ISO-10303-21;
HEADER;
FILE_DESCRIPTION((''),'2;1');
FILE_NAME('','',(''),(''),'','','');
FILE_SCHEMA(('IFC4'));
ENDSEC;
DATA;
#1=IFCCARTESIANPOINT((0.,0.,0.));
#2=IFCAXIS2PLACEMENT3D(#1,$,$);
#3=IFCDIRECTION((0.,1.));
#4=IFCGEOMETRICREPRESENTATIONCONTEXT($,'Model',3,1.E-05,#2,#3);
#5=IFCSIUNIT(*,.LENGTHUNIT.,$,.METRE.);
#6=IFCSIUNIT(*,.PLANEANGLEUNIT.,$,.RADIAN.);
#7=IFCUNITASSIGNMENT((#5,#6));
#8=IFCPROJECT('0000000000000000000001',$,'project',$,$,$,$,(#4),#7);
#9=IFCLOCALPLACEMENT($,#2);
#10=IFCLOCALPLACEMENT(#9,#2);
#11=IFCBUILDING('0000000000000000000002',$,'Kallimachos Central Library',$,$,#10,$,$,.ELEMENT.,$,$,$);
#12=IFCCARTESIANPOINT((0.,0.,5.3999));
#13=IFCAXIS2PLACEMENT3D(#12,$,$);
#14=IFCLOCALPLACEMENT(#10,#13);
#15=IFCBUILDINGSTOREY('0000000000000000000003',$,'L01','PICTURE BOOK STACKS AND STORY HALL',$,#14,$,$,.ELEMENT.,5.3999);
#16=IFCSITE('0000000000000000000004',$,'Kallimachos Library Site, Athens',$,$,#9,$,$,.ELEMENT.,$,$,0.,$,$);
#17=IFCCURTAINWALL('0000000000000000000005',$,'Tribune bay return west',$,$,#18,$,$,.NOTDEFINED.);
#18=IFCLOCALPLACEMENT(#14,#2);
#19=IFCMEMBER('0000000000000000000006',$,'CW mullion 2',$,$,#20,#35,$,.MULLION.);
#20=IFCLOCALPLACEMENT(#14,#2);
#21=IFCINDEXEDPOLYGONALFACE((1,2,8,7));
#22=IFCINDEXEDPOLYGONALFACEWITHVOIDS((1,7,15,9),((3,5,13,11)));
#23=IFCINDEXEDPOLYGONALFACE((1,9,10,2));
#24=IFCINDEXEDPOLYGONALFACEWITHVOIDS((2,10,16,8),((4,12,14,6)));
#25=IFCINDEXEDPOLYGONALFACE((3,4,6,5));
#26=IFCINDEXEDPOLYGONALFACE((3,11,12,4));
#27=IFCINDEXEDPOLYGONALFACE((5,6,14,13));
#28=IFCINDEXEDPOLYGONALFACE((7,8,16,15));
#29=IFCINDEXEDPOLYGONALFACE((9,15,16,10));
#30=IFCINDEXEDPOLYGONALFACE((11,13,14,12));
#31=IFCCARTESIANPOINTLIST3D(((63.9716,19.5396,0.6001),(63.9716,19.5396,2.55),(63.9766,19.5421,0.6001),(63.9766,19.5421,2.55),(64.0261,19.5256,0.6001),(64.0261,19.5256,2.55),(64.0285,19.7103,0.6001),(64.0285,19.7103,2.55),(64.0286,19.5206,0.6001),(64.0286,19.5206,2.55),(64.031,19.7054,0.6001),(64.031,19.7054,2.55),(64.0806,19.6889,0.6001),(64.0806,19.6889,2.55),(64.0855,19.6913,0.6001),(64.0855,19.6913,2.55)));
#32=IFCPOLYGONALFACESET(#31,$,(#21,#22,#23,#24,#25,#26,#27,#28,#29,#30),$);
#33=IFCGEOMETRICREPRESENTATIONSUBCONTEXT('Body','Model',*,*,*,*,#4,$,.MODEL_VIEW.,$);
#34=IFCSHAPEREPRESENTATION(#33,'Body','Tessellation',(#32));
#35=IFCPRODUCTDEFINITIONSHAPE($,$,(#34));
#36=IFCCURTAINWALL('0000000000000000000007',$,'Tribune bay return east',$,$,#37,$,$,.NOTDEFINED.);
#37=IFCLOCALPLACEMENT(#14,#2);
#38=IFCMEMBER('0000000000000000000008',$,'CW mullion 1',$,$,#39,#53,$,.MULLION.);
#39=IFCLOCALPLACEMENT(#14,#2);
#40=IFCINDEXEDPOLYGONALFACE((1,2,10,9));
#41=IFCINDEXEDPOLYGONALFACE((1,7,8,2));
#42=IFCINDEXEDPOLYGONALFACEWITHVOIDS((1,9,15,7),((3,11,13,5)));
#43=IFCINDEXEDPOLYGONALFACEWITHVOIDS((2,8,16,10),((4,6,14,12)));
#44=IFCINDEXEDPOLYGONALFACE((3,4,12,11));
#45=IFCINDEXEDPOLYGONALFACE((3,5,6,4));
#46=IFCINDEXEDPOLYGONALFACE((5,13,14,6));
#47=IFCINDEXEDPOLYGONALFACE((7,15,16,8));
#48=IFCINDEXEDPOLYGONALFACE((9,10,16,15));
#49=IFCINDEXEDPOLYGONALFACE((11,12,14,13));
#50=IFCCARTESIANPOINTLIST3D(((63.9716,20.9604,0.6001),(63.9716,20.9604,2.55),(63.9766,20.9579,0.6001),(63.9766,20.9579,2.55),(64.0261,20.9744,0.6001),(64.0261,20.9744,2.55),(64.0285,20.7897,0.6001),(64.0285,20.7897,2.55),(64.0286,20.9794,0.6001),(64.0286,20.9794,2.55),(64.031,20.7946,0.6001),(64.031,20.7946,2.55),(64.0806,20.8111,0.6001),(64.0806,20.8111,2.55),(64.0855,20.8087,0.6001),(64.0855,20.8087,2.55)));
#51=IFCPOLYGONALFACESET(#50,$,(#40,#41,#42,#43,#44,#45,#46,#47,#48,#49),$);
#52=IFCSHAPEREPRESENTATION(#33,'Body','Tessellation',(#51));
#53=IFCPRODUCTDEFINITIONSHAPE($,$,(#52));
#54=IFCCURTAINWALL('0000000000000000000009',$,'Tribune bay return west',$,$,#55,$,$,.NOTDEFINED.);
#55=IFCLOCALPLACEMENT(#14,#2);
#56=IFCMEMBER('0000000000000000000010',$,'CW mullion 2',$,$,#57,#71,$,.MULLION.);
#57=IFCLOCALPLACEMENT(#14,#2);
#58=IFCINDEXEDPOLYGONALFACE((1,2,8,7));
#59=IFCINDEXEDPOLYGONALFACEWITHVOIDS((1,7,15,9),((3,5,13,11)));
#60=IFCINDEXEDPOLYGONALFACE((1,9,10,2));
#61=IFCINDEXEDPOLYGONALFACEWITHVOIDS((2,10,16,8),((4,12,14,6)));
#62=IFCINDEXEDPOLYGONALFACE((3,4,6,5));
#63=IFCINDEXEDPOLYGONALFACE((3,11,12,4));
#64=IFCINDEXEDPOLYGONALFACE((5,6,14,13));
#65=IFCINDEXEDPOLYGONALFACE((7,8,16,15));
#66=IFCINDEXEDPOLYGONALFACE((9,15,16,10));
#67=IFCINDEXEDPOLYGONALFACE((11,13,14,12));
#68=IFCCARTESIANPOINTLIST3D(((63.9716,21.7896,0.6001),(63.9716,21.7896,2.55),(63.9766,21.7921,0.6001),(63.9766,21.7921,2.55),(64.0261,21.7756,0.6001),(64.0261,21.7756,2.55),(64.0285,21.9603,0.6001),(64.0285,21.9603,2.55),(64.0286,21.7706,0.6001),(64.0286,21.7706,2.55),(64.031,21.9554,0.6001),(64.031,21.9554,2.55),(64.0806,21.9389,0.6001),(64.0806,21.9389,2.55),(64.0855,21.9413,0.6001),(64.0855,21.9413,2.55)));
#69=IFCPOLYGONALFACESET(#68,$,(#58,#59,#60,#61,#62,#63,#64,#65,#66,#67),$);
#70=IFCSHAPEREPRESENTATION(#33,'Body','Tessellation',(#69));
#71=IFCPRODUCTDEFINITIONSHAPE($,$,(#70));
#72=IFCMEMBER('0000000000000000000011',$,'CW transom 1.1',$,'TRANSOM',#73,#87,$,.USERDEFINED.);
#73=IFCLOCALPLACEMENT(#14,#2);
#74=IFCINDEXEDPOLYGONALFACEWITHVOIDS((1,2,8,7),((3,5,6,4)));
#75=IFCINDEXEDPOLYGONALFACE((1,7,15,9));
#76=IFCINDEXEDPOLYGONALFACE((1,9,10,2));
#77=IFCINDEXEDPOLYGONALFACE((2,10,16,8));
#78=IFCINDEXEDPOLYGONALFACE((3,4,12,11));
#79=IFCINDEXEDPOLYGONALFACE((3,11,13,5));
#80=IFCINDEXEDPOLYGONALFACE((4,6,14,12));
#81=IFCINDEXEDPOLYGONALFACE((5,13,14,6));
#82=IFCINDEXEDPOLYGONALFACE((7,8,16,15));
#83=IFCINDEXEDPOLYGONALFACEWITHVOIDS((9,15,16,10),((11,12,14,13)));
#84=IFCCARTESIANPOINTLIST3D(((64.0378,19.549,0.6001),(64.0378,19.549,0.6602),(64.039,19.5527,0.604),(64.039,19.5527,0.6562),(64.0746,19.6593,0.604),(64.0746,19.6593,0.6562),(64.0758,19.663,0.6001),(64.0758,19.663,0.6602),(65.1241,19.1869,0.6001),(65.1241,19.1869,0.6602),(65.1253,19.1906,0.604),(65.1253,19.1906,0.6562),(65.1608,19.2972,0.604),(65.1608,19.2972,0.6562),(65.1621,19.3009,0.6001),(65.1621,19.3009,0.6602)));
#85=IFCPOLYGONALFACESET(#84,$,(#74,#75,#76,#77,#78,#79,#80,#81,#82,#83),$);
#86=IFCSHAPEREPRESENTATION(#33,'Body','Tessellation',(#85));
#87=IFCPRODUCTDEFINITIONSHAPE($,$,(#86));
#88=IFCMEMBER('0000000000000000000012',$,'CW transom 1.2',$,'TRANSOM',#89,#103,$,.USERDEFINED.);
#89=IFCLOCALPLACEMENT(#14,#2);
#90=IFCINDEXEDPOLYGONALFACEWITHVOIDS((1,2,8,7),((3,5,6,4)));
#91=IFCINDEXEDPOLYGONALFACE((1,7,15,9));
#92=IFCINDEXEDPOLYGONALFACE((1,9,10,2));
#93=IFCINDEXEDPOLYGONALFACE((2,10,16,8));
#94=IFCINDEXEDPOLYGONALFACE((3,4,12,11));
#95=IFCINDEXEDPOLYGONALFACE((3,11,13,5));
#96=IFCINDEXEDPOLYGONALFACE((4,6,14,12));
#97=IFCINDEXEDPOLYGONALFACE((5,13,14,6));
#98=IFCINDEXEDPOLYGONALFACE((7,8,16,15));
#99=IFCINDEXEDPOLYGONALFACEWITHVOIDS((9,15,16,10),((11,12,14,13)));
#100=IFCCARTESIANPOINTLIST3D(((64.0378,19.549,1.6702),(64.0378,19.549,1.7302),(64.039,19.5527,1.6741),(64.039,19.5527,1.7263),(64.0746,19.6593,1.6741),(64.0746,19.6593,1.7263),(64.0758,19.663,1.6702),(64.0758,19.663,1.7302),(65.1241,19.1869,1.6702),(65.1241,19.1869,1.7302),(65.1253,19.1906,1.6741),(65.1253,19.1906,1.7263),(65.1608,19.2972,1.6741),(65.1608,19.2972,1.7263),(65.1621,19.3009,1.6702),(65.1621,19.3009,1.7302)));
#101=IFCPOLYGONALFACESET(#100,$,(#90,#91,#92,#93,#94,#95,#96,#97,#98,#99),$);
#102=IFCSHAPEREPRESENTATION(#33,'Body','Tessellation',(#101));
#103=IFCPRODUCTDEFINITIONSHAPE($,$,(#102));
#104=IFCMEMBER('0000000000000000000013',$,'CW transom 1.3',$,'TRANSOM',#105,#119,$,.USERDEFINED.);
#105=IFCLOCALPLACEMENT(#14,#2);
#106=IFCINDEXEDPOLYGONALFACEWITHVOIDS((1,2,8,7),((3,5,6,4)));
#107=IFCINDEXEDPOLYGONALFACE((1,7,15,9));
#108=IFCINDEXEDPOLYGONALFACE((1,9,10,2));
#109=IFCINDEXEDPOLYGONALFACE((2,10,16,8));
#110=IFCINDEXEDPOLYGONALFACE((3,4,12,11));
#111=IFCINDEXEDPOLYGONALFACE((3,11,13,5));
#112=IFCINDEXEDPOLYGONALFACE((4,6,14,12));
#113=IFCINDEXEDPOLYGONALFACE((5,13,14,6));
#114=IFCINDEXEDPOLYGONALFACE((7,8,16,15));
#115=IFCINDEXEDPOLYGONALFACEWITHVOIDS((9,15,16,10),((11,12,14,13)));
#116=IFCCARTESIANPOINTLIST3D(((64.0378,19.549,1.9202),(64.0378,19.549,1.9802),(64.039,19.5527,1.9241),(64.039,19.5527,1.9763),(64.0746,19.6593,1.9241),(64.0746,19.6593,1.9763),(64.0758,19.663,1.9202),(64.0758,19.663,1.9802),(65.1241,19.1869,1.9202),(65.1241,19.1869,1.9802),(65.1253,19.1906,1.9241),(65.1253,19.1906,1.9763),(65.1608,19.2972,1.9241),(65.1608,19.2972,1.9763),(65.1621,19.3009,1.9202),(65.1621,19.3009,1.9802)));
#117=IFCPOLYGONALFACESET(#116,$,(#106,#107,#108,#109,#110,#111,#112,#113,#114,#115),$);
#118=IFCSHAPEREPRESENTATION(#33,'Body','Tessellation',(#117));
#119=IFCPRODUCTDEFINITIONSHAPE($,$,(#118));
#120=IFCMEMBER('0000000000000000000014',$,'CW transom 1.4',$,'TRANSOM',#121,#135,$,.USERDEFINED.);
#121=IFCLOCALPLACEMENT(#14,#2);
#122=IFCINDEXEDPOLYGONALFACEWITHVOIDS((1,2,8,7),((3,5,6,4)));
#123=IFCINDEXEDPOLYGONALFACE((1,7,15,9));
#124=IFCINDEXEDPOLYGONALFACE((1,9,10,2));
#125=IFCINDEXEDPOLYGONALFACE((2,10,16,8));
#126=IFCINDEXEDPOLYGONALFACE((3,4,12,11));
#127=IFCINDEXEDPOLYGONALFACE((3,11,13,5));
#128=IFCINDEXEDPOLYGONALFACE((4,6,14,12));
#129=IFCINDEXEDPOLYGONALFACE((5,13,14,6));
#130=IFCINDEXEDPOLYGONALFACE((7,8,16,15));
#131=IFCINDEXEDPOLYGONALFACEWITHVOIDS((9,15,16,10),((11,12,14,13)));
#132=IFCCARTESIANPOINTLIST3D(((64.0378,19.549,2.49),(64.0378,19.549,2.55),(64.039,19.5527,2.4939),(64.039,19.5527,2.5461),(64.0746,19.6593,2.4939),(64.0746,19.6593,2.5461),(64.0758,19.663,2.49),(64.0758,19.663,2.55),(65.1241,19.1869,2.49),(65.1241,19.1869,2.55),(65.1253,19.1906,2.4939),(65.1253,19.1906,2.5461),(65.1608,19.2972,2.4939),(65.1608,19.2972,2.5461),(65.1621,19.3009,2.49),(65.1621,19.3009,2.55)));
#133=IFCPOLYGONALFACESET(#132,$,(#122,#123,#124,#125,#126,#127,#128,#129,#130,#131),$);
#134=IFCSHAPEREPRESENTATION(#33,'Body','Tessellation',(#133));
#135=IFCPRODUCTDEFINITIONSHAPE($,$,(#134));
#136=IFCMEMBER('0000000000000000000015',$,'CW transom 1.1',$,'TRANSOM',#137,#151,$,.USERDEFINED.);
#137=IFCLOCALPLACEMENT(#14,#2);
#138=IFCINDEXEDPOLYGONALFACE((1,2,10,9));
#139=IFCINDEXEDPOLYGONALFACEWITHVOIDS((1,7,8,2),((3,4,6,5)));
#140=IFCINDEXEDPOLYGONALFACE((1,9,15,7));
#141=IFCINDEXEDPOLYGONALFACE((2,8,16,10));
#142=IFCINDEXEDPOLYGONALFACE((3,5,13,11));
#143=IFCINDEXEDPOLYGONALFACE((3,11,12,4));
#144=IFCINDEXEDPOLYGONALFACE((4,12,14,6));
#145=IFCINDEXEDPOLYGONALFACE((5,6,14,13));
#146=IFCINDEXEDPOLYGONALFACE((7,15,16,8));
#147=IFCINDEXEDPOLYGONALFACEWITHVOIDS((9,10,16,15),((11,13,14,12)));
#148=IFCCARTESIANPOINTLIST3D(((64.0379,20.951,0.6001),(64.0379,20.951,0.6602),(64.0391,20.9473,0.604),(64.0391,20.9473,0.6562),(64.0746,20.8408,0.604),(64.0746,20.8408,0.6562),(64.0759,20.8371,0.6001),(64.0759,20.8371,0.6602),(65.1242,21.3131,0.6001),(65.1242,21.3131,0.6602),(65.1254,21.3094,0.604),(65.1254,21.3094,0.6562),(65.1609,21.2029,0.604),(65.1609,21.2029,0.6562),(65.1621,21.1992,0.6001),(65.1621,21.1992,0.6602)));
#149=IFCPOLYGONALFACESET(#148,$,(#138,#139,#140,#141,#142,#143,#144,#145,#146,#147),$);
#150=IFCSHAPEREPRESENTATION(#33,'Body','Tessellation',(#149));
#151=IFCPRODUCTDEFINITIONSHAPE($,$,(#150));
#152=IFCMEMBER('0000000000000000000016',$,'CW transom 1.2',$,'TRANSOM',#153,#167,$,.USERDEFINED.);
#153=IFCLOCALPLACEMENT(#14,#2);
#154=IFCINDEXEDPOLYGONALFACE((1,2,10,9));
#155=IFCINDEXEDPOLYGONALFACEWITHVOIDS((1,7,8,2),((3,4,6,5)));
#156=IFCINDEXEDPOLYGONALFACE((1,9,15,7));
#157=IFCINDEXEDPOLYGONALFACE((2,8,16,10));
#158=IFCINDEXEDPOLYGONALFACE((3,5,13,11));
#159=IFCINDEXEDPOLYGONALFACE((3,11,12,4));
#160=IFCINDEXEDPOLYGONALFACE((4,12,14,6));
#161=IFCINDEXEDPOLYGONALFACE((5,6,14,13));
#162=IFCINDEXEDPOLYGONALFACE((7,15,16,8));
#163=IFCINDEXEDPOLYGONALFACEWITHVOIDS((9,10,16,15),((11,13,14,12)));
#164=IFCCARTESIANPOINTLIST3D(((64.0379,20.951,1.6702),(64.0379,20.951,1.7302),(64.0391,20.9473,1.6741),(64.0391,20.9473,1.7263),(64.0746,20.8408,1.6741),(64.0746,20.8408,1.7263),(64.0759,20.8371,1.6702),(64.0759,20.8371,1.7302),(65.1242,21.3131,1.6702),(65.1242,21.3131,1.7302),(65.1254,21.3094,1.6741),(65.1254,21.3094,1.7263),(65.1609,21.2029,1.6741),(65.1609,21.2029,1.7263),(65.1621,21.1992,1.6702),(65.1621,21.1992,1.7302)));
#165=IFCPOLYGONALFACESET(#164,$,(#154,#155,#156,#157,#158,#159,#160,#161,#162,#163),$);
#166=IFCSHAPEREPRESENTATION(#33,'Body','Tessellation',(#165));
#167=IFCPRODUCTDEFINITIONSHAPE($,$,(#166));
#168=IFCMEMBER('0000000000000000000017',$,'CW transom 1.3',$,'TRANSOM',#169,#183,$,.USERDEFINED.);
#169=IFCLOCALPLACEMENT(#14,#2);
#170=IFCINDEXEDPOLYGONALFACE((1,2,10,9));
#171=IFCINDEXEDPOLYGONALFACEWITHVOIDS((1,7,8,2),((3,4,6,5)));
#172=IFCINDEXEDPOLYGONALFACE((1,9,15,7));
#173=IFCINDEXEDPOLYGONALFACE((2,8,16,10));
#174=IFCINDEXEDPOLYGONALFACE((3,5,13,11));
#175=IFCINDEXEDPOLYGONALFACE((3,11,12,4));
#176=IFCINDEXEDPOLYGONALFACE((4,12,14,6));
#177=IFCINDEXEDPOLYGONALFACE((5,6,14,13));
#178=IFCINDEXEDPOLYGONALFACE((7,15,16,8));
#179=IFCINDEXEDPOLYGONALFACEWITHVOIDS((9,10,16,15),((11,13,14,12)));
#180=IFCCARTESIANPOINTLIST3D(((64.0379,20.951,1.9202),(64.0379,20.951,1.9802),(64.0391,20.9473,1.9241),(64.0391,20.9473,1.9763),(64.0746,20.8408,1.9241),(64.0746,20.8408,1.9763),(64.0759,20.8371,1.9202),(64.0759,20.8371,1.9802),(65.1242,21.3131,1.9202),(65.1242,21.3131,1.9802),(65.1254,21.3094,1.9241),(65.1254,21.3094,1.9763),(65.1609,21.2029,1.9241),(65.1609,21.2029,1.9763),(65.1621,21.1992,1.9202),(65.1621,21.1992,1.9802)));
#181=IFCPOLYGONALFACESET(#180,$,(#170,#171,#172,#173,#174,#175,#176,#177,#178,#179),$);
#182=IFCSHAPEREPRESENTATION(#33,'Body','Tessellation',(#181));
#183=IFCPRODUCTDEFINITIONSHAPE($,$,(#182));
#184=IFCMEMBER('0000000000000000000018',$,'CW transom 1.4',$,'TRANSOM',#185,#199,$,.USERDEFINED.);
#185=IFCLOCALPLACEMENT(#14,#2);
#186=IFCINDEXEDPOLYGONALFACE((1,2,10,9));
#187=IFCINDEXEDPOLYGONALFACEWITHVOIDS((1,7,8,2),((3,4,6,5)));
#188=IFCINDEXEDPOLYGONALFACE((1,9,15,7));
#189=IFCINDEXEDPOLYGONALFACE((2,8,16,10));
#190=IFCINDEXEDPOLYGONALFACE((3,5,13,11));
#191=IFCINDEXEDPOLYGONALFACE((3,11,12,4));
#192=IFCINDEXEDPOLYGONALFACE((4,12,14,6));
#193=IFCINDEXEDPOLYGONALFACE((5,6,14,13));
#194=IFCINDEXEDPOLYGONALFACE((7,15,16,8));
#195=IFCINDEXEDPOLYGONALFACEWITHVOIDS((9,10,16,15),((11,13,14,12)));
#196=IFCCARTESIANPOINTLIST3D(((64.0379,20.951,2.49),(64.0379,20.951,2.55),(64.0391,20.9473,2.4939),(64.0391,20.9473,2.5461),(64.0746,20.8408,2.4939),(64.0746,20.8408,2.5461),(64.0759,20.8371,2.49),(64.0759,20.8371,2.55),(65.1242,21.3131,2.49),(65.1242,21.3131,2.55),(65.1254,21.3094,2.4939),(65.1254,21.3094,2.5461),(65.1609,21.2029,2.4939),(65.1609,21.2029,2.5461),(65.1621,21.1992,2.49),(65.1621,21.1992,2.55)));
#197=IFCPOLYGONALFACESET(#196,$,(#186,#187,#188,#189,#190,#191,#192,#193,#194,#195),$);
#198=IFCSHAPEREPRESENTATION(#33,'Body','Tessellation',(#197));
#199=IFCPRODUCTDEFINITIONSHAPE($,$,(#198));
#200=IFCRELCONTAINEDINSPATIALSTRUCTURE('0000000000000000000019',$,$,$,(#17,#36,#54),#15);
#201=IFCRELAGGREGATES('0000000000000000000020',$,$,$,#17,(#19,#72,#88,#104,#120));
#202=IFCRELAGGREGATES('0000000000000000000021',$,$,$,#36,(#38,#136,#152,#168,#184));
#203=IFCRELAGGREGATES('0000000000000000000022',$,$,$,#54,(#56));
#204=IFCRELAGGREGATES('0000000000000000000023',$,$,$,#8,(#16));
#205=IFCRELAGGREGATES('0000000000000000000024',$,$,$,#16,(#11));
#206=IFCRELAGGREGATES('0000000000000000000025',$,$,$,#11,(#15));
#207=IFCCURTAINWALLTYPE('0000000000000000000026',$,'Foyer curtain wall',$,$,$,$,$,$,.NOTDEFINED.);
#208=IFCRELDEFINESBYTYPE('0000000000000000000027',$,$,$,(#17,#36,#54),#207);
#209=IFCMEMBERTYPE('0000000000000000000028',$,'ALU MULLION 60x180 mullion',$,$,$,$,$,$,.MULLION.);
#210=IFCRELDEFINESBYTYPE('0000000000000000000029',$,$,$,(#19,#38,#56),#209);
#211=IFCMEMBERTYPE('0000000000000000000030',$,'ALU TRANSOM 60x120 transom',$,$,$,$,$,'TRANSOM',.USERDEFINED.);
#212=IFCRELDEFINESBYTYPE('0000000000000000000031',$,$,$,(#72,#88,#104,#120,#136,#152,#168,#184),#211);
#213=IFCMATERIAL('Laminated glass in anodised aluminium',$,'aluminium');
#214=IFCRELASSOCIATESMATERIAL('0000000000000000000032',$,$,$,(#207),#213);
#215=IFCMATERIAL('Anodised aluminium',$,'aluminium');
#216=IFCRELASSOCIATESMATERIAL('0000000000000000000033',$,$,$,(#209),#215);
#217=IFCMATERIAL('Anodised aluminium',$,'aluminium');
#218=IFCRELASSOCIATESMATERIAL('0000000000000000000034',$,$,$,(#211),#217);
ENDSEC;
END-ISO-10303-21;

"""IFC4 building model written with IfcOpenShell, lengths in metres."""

from ifc_helpers import new_model, si_unit, direction, frame, origin, origin_2d, place, context, subcontext, project, spatial, hollow_rectangle, extrude, material, material_profile, profile_set, type_object, element, aggregate, save


model = new_model("IFC4")

# Units and contexts
model_context = context("Model", 3, precision=1e-05, world=origin(), true_north=direction((0.0, 1.0)))
body_context = subcontext(model_context, "Body", "Model", "MODEL_VIEW")
ifc_project = project(units=[si_unit("LENGTHUNIT", "METRE"), si_unit("PLANEANGLEUNIT", "RADIAN")], contexts=[model_context])

# Site, building, storey
site_placement = place(None, origin())
site = spatial("IfcSite", under=ifc_project, at=site_placement, Name="Kallimachos Library Site, Athens", CompositionType="ELEMENT", RefElevation=0.0)
building_placement = place(site_placement, origin())
building = spatial("IfcBuilding", under=site, at=building_placement, Name="Kallimachos Central Library", CompositionType="ELEMENT")
storey_placement = place(building_placement, frame((0.0, 0.0, 5.3999)))
storey = spatial("IfcBuildingStorey", under=building, at=storey_placement, Name="L01", Description="PICTURE BOOK STACKS AND STORY HALL", CompositionType="ELEMENT", Elevation=5.3999)

# Curtain walls, members
ifc_material_1 = material(Name="Laminated glass in anodised aluminium", Category="aluminium")
curtain_wall_type = type_object("IfcCurtainWallType", Name="Foyer curtain wall", PredefinedType="NOTDEFINED", material=ifc_material_1)
curtain_wall_1_placement = place(storey_placement, origin())
curtain_wall_1 = element("IfcCurtainWall", 1, at=curtain_wall_1_placement, inside=storey, type_object=curtain_wall_type, Name="Tribune bay return west", PredefinedType="NOTDEFINED")
ifc_material_2 = material(Name="Anodised aluminium", Category="aluminium")
ifc_material_profile_1 = material_profile(ifc_material_2, hollow_rectangle(XDim=0.0601, YDim=0.1799, WallThickness=0.0039, at=origin_2d()), Name="ALU MULLION 60x180")
ifc_profile_set_1 = profile_set([ifc_material_profile_1], Name="Anodised aluminium")
member_type_1 = type_object("IfcMemberType", Name="ALU MULLION 60x180 mullion", PredefinedType="MULLION", material=ifc_profile_set_1)
member_1_placement = place(storey_placement, frame((64.0286, 19.6155, 0.6001), z_axis=(0.0, 0.0, 1.0), x_axis=(-0.948683, 0.316228, 0.0)))
member_1 = element("IfcMember", 2, at=member_1_placement, type_object=member_type_1, Name="CW mullion 2", PredefinedType="MULLION", context=body_context, shape_type="SweptSolid", body=[
    extrude(hollow_rectangle(XDim=0.0601, YDim=0.1799, WallThickness=0.0039, at=origin_2d()), origin(), (0.0, 0.0, 1.0), 1.95),
])
curtain_wall_2_placement = place(storey_placement, origin())
curtain_wall_2 = element("IfcCurtainWall", 3, at=curtain_wall_2_placement, inside=storey, type_object=curtain_wall_type, Name="Tribune bay return east", PredefinedType="NOTDEFINED")
member_2_placement = place(storey_placement, frame((64.0286, 20.8845, 0.6001), z_axis=(0.0, 0.0, 1.0), x_axis=(0.948683, 0.316228, 0.0)))
member_2 = element("IfcMember", 4, at=member_2_placement, type_object=member_type_1, Name="CW mullion 1", PredefinedType="MULLION", context=body_context, shape_type="SweptSolid", body=[
    extrude(hollow_rectangle(XDim=0.0601, YDim=0.1799, WallThickness=0.0039, at=origin_2d()), origin(), (0.0, 0.0, 1.0), 1.95),
])
curtain_wall_3_placement = place(storey_placement, origin())
curtain_wall_3 = element("IfcCurtainWall", 5, at=curtain_wall_3_placement, inside=storey, type_object=curtain_wall_type, Name="Tribune bay return west", PredefinedType="NOTDEFINED")
member_3_placement = place(storey_placement, frame((64.0286, 21.8655, 0.6001), z_axis=(0.0, 0.0, 1.0), x_axis=(-0.948683, 0.316228, 0.0)))
member_3 = element("IfcMember", 6, at=member_3_placement, type_object=member_type_1, Name="CW mullion 2", PredefinedType="MULLION", context=body_context, shape_type="SweptSolid", body=[
    extrude(hollow_rectangle(XDim=0.0601, YDim=0.1799, WallThickness=0.0039, at=origin_2d()), origin(), (0.0, 0.0, 1.0), 1.95),
])

# Members
ifc_material_3 = material(Name="Anodised aluminium", Category="aluminium")
ifc_material_profile_2 = material_profile(ifc_material_3, hollow_rectangle(XDim=0.0601, YDim=0.1201, WallThickness=0.0039, at=origin_2d()), Name="ALU TRANSOM 60x120")
ifc_profile_set_2 = profile_set([ifc_material_profile_2], Name="Anodised aluminium")
member_type_2 = type_object("IfcMemberType", Name="ALU TRANSOM 60x120 transom", ElementType="TRANSOM", PredefinedType="USERDEFINED", material=ifc_profile_set_2)
member_4_placement = place(storey_placement, frame((65.1431, 19.2439, 0.6301), z_axis=(-0.948683, 0.316228, 0.0), x_axis=(0.0, 0.0, 1.0)))
member_4 = element("IfcMember", 7, at=member_4_placement, type_object=member_type_2, Name="CW transom 1.1", ObjectType="TRANSOM", PredefinedType="USERDEFINED", context=body_context, shape_type="SweptSolid", body=[
    extrude(hollow_rectangle(XDim=0.0601, YDim=0.1201, WallThickness=0.0039, at=origin_2d()), origin(), (0.0, 0.0, 1.0), 1.145),
])
member_5_placement = place(storey_placement, frame((65.1431, 19.2439, 1.7002), z_axis=(-0.948683, 0.316228, 0.0), x_axis=(0.0, 0.0, 1.0)))
member_5 = element("IfcMember", 8, at=member_5_placement, type_object=member_type_2, Name="CW transom 1.2", ObjectType="TRANSOM", PredefinedType="USERDEFINED", context=body_context, shape_type="SweptSolid", body=[
    extrude(hollow_rectangle(XDim=0.0601, YDim=0.1201, WallThickness=0.0039, at=origin_2d()), origin(), (0.0, 0.0, 1.0), 1.145),
])
member_6_placement = place(storey_placement, frame((65.1431, 19.2439, 1.9502), z_axis=(-0.948683, 0.316228, 0.0), x_axis=(0.0, 0.0, 1.0)))
member_6 = element("IfcMember", 9, at=member_6_placement, type_object=member_type_2, Name="CW transom 1.3", ObjectType="TRANSOM", PredefinedType="USERDEFINED", context=body_context, shape_type="SweptSolid", body=[
    extrude(hollow_rectangle(XDim=0.0601, YDim=0.1201, WallThickness=0.0039, at=origin_2d()), origin(), (0.0, 0.0, 1.0), 1.145),
])
member_7_placement = place(storey_placement, frame((65.1431, 19.2439, 2.52), z_axis=(-0.948683, 0.316228, 0.0), x_axis=(0.0, 0.0, 1.0)))
member_7 = element("IfcMember", 10, at=member_7_placement, type_object=member_type_2, Name="CW transom 1.4", ObjectType="TRANSOM", PredefinedType="USERDEFINED", context=body_context, shape_type="SweptSolid", body=[
    extrude(hollow_rectangle(XDim=0.0601, YDim=0.1201, WallThickness=0.0039, at=origin_2d()), origin(), (0.0, 0.0, 1.0), 1.145),
])
member_8_placement = place(storey_placement, frame((64.0569, 20.894, 0.6301), z_axis=(0.948683, 0.316228, 0.0), x_axis=(0.0, 0.0, 1.0)))
member_8 = element("IfcMember", 11, at=member_8_placement, type_object=member_type_2, Name="CW transom 1.1", ObjectType="TRANSOM", PredefinedType="USERDEFINED", context=body_context, shape_type="SweptSolid", body=[
    extrude(hollow_rectangle(XDim=0.0601, YDim=0.1201, WallThickness=0.0039, at=origin_2d()), origin(), (0.0, 0.0, 1.0), 1.145),
])
member_9_placement = place(storey_placement, frame((64.0569, 20.894, 1.7002), z_axis=(0.948683, 0.316228, 0.0), x_axis=(0.0, 0.0, 1.0)))
member_9 = element("IfcMember", 12, at=member_9_placement, type_object=member_type_2, Name="CW transom 1.2", ObjectType="TRANSOM", PredefinedType="USERDEFINED", context=body_context, shape_type="SweptSolid", body=[
    extrude(hollow_rectangle(XDim=0.0601, YDim=0.1201, WallThickness=0.0039, at=origin_2d()), origin(), (0.0, 0.0, 1.0), 1.145),
])
member_10_placement = place(storey_placement, frame((64.0569, 20.894, 1.9502), z_axis=(0.948683, 0.316228, 0.0), x_axis=(0.0, 0.0, 1.0)))
member_10 = element("IfcMember", 13, at=member_10_placement, type_object=member_type_2, Name="CW transom 1.3", ObjectType="TRANSOM", PredefinedType="USERDEFINED", context=body_context, shape_type="SweptSolid", body=[
    extrude(hollow_rectangle(XDim=0.0601, YDim=0.1201, WallThickness=0.0039, at=origin_2d()), origin(), (0.0, 0.0, 1.0), 1.145),
])
member_11_placement = place(storey_placement, frame((64.0569, 20.894, 2.52), z_axis=(0.948683, 0.316228, 0.0), x_axis=(0.0, 0.0, 1.0)))
member_11 = element("IfcMember", 14, at=member_11_placement, type_object=member_type_2, Name="CW transom 1.4", ObjectType="TRANSOM", PredefinedType="USERDEFINED", context=body_context, shape_type="SweptSolid", body=[
    extrude(hollow_rectangle(XDim=0.0601, YDim=0.1201, WallThickness=0.0039, at=origin_2d()), origin(), (0.0, 0.0, 1.0), 1.145),
])

aggregate(curtain_wall_1, [member_1, member_4, member_5, member_6, member_7])
aggregate(curtain_wall_2, [member_2, member_8, member_9, member_10, member_11])
aggregate(curtain_wall_3, [member_3])

save(model, "model.ifc")
